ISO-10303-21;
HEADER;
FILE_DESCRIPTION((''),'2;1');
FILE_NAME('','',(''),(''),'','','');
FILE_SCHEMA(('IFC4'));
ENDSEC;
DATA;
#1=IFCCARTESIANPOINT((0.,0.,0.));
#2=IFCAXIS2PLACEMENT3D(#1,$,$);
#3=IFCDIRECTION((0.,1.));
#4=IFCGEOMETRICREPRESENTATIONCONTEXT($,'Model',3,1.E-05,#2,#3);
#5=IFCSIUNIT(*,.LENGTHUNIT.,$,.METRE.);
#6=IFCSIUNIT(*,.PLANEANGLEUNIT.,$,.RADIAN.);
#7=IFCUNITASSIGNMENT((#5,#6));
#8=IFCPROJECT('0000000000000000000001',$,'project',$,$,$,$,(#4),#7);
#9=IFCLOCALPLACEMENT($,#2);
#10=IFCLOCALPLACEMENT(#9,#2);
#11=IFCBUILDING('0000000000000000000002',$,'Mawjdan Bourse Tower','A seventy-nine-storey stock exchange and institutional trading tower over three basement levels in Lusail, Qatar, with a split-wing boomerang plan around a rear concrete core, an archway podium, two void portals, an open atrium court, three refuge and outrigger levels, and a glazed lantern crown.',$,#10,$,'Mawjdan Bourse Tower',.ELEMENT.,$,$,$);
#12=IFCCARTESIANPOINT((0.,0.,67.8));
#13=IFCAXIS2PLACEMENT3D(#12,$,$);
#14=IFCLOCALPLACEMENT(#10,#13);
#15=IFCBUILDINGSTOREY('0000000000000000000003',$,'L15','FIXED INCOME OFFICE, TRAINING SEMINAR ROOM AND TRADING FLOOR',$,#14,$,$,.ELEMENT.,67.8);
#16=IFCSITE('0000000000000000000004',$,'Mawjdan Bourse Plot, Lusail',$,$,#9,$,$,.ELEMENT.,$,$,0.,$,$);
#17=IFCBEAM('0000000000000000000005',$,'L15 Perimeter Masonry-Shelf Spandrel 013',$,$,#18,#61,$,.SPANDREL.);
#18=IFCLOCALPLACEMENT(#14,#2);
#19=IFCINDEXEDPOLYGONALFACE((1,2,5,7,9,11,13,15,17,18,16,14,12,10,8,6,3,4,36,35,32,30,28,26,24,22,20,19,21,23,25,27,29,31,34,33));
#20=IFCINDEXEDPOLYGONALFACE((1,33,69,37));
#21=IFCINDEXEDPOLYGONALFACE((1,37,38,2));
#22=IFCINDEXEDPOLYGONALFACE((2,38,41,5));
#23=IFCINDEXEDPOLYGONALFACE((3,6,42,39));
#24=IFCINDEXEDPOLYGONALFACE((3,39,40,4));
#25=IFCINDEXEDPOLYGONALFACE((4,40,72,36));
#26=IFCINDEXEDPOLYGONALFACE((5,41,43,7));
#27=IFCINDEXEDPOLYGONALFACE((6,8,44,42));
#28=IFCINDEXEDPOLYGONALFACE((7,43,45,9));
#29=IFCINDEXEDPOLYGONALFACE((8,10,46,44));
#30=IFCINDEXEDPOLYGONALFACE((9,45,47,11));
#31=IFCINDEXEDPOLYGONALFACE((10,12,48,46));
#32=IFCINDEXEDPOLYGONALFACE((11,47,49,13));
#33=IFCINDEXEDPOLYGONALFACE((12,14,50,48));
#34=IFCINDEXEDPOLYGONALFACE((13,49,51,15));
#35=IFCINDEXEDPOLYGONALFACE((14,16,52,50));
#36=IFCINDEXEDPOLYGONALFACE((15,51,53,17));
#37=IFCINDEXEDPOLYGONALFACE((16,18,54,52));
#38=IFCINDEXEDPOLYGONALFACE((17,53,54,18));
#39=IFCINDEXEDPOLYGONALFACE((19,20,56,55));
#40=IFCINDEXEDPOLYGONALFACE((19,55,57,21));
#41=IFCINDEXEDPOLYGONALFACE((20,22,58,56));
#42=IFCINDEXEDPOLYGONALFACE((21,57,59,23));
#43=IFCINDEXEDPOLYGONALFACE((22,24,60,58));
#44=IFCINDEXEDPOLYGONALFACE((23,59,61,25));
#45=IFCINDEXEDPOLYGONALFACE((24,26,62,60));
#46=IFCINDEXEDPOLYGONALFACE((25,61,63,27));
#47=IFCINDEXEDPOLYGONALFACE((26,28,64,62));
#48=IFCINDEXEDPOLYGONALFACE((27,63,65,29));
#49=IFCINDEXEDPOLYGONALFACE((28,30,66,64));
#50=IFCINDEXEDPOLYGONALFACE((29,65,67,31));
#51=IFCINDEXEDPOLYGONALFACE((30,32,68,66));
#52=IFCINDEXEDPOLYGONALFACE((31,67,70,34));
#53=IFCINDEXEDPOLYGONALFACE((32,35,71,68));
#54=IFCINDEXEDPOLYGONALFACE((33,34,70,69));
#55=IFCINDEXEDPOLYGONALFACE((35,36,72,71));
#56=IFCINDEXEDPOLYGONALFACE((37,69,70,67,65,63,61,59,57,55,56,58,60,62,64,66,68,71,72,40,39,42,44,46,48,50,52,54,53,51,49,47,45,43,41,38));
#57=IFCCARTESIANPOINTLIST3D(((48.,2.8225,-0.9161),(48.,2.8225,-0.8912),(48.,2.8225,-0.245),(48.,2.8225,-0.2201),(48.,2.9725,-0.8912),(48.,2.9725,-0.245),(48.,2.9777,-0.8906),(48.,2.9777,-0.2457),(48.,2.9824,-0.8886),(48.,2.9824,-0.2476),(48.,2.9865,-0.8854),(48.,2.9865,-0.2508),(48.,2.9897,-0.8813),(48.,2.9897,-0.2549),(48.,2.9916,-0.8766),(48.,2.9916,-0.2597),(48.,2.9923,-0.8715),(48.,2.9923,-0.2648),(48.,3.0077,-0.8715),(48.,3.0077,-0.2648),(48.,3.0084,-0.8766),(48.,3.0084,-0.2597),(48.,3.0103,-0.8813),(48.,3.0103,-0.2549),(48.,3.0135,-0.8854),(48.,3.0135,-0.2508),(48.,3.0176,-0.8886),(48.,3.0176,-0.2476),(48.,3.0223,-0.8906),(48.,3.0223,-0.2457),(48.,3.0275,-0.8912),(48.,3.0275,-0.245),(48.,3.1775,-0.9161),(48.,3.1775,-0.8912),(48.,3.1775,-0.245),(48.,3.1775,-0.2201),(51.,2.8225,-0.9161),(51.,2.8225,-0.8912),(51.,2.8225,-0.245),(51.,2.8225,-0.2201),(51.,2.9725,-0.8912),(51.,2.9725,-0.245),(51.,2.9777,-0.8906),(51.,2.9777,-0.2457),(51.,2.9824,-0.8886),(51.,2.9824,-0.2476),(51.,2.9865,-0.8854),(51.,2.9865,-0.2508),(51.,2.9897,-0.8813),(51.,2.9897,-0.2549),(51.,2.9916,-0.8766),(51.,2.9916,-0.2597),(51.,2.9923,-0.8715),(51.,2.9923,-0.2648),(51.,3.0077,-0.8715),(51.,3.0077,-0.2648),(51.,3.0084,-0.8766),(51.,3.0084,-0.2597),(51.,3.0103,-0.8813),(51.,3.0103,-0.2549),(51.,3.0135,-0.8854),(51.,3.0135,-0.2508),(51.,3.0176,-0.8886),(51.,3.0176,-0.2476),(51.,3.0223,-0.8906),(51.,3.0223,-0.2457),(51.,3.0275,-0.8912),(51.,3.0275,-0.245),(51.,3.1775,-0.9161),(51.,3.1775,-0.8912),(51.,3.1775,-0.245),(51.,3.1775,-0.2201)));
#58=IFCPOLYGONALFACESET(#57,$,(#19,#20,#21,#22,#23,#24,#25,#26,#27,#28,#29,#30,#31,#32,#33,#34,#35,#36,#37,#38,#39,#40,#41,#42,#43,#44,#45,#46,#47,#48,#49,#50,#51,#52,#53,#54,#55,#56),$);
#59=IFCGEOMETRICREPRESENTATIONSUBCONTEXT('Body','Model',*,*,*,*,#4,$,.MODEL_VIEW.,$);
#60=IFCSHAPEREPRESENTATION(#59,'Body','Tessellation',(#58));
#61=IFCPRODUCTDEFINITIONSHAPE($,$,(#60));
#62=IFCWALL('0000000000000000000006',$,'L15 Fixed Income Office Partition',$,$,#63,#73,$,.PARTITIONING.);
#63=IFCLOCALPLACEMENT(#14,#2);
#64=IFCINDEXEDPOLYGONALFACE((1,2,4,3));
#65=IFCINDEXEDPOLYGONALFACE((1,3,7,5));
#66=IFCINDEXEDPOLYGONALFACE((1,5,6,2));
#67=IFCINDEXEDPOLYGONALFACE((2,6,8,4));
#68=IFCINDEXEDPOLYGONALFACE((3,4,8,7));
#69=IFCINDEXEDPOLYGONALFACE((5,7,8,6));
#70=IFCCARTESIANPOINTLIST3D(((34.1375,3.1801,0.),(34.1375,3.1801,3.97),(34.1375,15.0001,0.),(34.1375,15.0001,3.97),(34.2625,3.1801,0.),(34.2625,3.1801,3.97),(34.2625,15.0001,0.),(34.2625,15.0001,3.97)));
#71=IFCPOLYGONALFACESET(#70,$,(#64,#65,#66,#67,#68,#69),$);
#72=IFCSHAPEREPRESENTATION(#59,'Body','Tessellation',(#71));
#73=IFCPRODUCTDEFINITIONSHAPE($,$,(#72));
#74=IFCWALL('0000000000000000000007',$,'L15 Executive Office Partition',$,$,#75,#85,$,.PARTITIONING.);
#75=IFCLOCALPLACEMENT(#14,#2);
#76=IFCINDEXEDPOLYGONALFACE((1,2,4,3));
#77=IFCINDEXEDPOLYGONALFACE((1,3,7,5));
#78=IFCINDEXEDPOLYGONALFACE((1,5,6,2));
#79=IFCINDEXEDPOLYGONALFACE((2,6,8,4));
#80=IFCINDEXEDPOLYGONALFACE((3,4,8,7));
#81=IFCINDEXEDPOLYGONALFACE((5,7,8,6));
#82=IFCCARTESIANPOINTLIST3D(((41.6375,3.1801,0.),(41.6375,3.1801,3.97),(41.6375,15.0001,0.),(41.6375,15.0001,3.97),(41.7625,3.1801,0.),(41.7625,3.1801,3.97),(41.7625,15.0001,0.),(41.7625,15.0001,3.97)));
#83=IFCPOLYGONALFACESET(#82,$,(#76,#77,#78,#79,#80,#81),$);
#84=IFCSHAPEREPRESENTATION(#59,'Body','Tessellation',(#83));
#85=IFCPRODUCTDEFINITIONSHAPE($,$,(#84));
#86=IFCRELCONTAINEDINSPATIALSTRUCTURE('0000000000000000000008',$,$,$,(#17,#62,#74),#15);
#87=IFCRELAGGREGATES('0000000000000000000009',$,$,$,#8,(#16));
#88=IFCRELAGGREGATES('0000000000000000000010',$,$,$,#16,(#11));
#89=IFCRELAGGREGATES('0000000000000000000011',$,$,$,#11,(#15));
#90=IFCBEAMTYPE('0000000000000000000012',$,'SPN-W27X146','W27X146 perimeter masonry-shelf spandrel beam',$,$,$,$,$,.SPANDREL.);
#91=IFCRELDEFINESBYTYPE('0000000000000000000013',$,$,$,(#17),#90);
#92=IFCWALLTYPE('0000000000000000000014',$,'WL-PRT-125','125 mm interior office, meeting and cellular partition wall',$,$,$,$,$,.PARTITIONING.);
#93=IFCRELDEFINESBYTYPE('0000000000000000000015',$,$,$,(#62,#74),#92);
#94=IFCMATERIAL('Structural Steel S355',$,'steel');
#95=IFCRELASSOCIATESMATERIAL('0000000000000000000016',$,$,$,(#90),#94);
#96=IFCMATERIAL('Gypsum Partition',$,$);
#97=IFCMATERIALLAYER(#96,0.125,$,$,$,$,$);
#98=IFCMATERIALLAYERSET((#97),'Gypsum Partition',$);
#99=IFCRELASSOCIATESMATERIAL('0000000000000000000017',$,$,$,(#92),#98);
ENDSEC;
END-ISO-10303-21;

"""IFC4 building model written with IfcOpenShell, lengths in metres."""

from ifc_helpers import new_model, si_unit, direction, frame, frame_2d, origin, origin_2d, place, context, subcontext, project, spatial, rectangle, i_section, extrude, material, layer, layer_set, material_profile, profile_set, type_object, element, save


model = new_model("IFC4")

# Units and contexts
model_context = context("Model", 3, precision=1e-05, world=origin(), true_north=direction((0.0, 1.0)))
body_context = subcontext(model_context, "Body", "Model", "MODEL_VIEW")
ifc_project = project(units=[si_unit("LENGTHUNIT", "METRE"), si_unit("PLANEANGLEUNIT", "RADIAN")], contexts=[model_context])

# Site, building, storey
site_placement = place(None, origin())
site = spatial("IfcSite", under=ifc_project, at=site_placement, Name="Mawjdan Bourse Plot, Lusail", CompositionType="ELEMENT", RefElevation=0.0)
building_placement = place(site_placement, origin())
building = spatial("IfcBuilding", under=site, at=building_placement, Name="Mawjdan Bourse Tower", Description="A seventy-nine-storey stock exchange and institutional trading tower over three basement levels in Lusail, Qatar, with a split-wing boomerang plan around a rear concrete core, an archway podium, two void portals, an open atrium court, three refuge and outrigger levels, and a glazed lantern crown.", LongName="Mawjdan Bourse Tower", CompositionType="ELEMENT")
storey_placement = place(building_placement, frame((0.0, 0.0, 67.8)))
storey = spatial("IfcBuildingStorey", under=building, at=storey_placement, Name="L15", Description="FIXED INCOME OFFICE, TRAINING SEMINAR ROOM AND TRADING FLOOR", CompositionType="ELEMENT", Elevation=67.8)

# Beam
ifc_material_1 = material(Name="Structural Steel S355", Category="steel")
ifc_material_profile_1 = material_profile(ifc_material_1, i_section(OverallWidth=0.355, OverallDepth=0.696, WebThickness=0.0154, FlangeThickness=0.0249, FilletRadius=0.0198, at=origin_2d()), Name="W27X146")
ifc_profile_set_1 = profile_set([ifc_material_profile_1], Name="Structural Steel S355")
beam_type_1 = type_object("IfcBeamType", Name="SPN-W27X146", Description="W27X146 perimeter masonry-shelf spandrel beam", PredefinedType="SPANDREL", material=ifc_profile_set_1)
beam_1_placement = place(storey_placement, frame((48.0, 3.0, -0.5681), z_axis=(1.0, 0.0, 0.0), x_axis=(0.0, 1.0, 0.0)))
element("IfcBeam", 1, at=beam_1_placement, inside=storey, type_object=beam_type_1, Name="L15 Perimeter Masonry-Shelf Spandrel 013", PredefinedType="SPANDREL", context=body_context, shape_type="SweptSolid", body=[
    extrude(i_section(OverallWidth=0.355, OverallDepth=0.696, WebThickness=0.0154, FlangeThickness=0.0249, FilletRadius=0.0198, at=origin_2d()), origin(), (0.0, 0.0, 1.0), 3.0),
])

# Walls
ifc_material_2 = material(Name="Gypsum Partition")
ifc_layer = layer(ifc_material_2, 0.125)
ifc_layer_set = layer_set([ifc_layer], Name="Gypsum Partition")
wall_type = type_object("IfcWallType", Name="WL-PRT-125", Description="125 mm interior office, meeting and cellular partition wall", PredefinedType="PARTITIONING", material=ifc_layer_set)
for number, where, z_axis, x_axis, name in (
    (2, (34.2, 3.1799, 0.0), (0.0, 0.0, 1.0), (0.0, 1.0, 0.0), "L15 Fixed Income Office Partition"),
    (3, (41.7, 3.1799, 0.0), (0.0, 0.0, 1.0), (0.0, 1.0, 0.0), "L15 Executive Office Partition"),
):
    element("IfcWall", number, at=place(storey_placement, frame(where, z_axis=z_axis, x_axis=x_axis)), inside=storey, type_object=wall_type, Name=name, PredefinedType="PARTITIONING", context=body_context, shape_type="SweptSolid", body=[
        extrude(rectangle(XDim=11.8201, YDim=0.125, at=frame_2d((5.9102, 0.0))), origin(), (0.0, 0.0, 1.0), 3.97),
    ])

save(model, "model.ifc")
